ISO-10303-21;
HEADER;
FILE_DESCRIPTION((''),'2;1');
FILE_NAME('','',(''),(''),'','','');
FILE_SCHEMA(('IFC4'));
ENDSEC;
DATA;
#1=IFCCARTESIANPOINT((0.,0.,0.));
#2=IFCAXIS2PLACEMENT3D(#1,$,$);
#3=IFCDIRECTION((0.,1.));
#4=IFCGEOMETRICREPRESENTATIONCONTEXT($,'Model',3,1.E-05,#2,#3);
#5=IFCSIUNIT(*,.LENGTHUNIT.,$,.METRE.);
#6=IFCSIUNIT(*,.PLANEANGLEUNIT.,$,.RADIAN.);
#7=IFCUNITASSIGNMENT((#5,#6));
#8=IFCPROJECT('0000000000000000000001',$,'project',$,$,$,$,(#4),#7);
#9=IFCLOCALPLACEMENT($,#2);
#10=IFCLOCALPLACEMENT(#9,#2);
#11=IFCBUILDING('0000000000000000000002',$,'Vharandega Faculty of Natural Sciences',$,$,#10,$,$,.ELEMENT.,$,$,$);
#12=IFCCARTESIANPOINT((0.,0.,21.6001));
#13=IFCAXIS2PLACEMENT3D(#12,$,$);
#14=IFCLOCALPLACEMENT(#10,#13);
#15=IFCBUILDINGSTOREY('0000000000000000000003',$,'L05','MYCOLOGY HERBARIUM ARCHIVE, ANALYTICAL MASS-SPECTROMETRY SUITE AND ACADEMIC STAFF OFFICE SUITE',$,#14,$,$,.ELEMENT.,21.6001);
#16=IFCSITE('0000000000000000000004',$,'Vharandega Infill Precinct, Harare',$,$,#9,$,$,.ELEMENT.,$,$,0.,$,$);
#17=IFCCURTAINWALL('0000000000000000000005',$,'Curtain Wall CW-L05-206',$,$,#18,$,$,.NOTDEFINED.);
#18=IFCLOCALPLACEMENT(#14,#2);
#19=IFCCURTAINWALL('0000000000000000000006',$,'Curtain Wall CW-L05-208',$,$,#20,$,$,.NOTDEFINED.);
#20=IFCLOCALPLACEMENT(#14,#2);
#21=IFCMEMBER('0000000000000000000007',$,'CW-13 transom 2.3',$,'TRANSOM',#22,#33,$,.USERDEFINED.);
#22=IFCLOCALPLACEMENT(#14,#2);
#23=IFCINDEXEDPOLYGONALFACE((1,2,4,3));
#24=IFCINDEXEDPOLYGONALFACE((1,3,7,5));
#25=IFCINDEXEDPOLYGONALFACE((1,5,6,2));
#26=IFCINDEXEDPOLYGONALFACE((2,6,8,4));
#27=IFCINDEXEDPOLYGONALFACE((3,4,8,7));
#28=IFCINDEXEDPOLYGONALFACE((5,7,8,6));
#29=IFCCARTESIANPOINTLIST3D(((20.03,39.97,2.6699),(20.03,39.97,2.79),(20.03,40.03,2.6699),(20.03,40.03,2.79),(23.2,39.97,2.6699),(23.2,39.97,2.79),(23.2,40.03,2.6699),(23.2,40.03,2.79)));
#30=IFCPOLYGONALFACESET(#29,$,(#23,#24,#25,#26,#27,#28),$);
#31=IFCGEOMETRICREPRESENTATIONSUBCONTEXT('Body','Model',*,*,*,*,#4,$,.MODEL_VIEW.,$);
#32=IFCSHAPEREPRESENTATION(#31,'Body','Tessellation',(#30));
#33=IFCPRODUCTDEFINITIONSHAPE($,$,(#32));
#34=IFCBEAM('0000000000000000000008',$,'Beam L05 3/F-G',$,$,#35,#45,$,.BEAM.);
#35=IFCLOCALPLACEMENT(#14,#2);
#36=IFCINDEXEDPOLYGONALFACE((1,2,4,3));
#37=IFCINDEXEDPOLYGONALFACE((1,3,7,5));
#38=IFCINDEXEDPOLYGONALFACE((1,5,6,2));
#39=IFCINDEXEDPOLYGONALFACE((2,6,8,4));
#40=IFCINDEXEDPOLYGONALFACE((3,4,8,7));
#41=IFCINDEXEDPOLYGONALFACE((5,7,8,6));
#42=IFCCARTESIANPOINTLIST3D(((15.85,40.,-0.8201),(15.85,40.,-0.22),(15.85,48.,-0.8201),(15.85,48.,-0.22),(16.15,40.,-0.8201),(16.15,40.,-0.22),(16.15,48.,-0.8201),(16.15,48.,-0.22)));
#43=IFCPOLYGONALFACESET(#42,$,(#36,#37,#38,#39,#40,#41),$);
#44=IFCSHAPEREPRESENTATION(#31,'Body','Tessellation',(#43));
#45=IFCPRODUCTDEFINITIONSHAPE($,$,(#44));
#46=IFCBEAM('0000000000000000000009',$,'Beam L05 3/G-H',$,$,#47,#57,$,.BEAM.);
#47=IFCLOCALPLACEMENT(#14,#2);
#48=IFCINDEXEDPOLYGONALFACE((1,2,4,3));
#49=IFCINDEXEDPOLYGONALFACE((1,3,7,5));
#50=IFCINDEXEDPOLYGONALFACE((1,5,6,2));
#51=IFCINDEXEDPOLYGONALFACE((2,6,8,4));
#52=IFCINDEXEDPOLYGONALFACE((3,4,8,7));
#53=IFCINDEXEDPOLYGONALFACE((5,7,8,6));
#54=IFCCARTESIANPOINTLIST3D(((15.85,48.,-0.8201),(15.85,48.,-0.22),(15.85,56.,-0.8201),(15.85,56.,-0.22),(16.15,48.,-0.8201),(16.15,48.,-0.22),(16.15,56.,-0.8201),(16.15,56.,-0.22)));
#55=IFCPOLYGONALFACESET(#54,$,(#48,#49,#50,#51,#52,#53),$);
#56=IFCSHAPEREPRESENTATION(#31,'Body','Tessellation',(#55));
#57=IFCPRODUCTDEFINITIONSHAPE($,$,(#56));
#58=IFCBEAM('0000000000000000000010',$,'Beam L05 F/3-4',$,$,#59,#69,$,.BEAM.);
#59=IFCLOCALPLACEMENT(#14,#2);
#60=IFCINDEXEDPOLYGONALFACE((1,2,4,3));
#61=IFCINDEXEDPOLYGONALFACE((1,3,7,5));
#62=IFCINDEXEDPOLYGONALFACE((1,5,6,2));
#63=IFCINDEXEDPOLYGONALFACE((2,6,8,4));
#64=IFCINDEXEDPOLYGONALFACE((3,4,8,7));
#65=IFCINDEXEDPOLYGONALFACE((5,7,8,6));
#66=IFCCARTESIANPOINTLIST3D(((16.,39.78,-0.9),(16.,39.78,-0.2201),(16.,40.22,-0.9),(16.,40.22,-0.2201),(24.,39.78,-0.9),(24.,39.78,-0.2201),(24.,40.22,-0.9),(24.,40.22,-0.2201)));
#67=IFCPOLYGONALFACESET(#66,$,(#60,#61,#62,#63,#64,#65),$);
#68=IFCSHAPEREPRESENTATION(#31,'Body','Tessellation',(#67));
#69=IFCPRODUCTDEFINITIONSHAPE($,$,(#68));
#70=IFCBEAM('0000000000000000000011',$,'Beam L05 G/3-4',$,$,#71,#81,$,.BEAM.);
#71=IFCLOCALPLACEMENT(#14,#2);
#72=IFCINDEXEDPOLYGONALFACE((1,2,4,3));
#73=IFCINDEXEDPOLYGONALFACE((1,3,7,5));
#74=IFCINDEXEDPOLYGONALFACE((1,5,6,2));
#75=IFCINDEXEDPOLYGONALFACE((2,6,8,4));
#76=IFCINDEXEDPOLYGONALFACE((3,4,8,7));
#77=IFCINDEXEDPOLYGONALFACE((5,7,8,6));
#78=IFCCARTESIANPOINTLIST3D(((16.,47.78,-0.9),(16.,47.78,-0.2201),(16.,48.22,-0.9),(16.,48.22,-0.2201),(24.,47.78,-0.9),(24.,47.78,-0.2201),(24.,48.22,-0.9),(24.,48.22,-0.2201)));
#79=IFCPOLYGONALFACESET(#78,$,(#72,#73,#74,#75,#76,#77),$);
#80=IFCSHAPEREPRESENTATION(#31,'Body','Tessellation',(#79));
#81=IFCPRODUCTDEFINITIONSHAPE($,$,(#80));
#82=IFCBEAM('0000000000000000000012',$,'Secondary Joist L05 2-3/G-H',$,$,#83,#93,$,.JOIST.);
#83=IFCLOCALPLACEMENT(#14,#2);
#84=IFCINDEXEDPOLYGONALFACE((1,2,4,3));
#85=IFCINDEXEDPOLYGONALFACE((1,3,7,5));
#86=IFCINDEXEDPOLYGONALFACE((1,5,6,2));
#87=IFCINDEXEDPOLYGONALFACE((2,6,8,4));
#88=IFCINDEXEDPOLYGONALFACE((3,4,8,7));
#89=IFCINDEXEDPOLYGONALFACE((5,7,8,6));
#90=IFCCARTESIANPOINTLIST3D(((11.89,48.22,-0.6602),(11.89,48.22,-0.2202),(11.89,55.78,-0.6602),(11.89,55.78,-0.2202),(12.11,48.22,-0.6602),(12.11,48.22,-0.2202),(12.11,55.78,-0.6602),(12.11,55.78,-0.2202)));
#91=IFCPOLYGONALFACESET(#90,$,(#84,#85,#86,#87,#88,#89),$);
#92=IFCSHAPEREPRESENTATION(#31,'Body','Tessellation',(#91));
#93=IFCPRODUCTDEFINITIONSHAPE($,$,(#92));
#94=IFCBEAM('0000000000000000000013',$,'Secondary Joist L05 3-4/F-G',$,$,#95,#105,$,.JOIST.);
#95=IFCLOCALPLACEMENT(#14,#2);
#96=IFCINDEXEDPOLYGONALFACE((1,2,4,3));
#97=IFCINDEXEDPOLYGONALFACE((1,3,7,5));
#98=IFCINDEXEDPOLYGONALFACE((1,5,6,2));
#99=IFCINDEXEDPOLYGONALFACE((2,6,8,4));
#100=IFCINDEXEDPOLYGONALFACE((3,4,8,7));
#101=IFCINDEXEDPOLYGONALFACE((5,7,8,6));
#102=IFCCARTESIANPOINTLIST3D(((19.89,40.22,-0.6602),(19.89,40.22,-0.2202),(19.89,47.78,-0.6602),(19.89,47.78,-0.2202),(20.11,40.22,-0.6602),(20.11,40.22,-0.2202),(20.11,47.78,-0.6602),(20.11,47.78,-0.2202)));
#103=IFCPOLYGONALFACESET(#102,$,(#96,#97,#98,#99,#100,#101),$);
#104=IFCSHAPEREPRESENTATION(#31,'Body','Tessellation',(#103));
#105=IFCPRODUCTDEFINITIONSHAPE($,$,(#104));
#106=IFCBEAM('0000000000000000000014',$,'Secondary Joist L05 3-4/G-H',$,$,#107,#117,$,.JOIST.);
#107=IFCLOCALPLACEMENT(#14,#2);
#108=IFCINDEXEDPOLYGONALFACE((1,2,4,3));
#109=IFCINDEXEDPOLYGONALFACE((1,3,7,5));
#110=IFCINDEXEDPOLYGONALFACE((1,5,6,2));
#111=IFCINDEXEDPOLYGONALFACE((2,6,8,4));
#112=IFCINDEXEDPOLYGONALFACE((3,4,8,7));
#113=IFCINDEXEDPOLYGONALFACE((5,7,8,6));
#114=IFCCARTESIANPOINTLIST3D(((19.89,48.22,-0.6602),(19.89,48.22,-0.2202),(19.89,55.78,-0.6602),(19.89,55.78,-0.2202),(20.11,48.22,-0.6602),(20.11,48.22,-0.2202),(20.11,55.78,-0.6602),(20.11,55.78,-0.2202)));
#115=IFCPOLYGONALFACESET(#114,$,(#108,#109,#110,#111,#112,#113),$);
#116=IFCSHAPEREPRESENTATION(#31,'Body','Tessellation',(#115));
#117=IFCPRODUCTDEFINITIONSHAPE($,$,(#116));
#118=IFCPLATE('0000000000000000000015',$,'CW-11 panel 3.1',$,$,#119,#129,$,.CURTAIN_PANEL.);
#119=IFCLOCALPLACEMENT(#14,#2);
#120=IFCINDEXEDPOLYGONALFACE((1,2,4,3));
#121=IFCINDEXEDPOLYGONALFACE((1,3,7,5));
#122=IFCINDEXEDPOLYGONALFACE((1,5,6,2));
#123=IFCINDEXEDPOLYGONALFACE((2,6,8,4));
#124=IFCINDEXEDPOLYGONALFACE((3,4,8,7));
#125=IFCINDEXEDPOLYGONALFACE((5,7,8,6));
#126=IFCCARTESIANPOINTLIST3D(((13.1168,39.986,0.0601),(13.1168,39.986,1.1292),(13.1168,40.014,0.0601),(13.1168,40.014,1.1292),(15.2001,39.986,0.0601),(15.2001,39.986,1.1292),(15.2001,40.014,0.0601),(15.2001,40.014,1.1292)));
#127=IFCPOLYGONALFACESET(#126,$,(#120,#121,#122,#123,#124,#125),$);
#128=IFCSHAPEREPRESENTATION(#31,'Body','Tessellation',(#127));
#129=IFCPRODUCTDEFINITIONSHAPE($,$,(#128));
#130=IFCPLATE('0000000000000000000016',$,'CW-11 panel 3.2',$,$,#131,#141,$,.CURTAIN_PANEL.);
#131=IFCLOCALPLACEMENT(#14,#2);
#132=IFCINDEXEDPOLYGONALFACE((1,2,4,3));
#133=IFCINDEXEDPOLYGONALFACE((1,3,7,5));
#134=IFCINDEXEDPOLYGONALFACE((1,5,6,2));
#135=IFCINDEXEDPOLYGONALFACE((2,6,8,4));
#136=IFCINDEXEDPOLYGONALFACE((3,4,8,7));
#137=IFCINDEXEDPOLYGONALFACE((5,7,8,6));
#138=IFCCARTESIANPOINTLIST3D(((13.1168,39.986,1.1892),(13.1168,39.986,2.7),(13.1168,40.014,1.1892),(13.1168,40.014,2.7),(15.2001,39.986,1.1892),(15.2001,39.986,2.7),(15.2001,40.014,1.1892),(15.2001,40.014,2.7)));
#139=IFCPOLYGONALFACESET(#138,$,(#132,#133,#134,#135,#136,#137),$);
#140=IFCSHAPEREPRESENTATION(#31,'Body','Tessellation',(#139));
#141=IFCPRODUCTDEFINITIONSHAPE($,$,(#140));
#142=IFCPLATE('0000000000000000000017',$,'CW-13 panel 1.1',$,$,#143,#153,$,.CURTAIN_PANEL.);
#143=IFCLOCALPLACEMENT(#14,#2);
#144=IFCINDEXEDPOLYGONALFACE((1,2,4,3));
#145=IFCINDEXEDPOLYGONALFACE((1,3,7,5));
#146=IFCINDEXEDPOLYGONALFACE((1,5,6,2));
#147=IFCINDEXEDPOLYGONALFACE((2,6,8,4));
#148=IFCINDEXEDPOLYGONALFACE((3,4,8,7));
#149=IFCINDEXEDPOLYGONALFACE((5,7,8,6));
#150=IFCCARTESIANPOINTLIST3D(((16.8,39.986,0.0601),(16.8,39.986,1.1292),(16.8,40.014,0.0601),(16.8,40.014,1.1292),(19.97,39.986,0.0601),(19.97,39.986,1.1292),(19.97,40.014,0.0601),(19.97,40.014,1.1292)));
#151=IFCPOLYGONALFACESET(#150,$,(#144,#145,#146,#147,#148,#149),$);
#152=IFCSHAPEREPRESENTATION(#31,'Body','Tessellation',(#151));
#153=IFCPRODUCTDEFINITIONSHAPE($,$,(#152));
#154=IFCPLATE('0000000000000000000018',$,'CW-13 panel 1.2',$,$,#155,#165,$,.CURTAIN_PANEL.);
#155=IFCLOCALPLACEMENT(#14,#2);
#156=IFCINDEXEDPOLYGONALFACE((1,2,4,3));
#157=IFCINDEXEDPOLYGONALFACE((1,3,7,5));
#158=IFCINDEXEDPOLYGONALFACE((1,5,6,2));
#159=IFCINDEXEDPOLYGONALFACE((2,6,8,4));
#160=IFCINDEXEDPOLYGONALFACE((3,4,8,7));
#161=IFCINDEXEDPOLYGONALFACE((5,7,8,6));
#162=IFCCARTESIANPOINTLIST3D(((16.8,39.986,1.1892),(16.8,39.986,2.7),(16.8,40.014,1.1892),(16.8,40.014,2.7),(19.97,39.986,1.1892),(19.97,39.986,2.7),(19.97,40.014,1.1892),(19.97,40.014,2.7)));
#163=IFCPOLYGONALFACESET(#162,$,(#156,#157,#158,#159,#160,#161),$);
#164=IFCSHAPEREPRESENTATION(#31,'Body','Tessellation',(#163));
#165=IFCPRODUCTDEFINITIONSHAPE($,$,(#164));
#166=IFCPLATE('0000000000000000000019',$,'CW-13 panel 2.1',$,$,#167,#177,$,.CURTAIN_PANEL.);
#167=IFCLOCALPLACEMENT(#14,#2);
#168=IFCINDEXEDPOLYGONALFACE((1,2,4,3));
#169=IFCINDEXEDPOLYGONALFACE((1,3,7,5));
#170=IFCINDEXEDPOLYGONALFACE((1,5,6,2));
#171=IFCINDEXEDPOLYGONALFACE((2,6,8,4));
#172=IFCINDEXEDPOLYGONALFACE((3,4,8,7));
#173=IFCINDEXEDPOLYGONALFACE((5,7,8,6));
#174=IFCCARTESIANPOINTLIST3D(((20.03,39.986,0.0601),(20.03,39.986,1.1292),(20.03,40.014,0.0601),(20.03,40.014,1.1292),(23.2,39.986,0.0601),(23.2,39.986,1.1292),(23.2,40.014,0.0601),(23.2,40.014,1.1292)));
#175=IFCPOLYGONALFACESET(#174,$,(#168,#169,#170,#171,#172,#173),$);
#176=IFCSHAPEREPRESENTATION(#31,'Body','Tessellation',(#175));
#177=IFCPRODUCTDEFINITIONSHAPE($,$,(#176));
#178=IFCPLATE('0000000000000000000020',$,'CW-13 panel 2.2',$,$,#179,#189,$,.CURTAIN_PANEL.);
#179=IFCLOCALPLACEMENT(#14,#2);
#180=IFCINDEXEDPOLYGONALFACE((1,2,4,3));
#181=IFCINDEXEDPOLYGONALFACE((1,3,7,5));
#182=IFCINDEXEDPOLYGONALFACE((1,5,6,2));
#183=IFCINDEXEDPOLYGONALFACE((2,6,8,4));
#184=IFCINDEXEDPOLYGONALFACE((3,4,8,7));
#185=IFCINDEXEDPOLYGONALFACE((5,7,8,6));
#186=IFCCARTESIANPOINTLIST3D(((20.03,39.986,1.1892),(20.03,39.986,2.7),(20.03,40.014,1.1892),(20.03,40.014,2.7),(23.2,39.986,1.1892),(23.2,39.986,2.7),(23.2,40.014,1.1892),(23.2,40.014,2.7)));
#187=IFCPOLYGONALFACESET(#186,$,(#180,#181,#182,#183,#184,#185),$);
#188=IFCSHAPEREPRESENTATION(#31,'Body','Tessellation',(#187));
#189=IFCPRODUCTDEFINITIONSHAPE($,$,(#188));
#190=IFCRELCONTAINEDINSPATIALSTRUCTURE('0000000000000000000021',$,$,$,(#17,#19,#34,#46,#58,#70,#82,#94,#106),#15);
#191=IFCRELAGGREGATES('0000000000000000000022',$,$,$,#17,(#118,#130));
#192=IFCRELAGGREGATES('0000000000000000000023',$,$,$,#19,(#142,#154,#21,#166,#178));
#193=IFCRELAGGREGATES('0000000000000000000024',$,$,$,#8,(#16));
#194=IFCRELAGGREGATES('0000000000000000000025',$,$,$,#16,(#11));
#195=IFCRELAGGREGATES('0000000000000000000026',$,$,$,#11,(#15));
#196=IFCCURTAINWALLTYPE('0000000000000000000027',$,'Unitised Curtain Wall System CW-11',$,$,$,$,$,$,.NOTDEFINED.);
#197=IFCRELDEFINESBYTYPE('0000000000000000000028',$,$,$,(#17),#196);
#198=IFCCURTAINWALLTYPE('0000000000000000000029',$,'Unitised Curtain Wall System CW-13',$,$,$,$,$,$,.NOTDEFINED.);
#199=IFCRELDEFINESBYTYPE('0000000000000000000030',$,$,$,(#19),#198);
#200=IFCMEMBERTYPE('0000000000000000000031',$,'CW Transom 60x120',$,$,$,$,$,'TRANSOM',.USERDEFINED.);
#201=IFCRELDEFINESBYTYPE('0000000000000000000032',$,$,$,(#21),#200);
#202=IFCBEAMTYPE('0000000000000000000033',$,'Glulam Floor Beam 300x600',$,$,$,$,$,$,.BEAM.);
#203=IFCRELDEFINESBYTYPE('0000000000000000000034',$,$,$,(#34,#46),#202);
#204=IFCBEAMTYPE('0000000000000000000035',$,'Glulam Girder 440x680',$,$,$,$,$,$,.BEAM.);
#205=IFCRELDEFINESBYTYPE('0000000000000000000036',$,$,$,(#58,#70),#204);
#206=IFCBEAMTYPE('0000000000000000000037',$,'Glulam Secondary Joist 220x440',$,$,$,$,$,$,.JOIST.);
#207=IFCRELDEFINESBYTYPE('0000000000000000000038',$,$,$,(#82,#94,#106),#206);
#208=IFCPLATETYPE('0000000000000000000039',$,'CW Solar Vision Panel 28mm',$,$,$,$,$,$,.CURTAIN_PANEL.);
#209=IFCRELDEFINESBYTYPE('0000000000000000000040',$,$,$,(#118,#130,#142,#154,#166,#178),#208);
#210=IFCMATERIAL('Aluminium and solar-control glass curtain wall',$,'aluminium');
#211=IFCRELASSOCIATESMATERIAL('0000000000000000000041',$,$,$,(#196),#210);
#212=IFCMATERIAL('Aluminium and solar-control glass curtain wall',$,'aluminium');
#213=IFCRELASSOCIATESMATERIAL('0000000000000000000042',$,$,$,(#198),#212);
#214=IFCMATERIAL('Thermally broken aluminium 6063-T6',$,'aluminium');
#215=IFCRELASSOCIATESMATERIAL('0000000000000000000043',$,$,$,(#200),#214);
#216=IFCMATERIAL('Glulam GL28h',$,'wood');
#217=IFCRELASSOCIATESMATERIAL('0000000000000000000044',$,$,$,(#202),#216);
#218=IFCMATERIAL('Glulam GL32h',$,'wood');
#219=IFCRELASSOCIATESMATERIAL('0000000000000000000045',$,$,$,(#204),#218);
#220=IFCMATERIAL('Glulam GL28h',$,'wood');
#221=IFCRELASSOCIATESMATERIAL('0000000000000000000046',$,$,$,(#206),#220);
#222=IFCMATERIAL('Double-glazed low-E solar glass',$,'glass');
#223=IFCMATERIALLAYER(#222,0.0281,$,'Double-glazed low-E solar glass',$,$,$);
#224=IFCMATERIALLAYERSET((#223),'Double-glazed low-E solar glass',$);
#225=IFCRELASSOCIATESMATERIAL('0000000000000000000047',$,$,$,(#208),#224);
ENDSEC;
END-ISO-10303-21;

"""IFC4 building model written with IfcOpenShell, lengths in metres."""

from ifc_helpers import new_model, si_unit, direction, frame, origin, origin_2d, place, context, subcontext, project, spatial, rectangle, extrude, material, layer, layer_set, material_profile, profile_set, type_object, element, aggregate, save


model = new_model("IFC4")

# Units and contexts
model_context = context("Model", 3, precision=1e-05, world=origin(), true_north=direction((0.0, 1.0)))
body_context = subcontext(model_context, "Body", "Model", "MODEL_VIEW")
ifc_project = project(units=[si_unit("LENGTHUNIT", "METRE"), si_unit("PLANEANGLEUNIT", "RADIAN")], contexts=[model_context])

# Site, building, storey
site_placement = place(None, origin())
site = spatial("IfcSite", under=ifc_project, at=site_placement, Name="Vharandega Infill Precinct, Harare", CompositionType="ELEMENT", RefElevation=0.0)
building_placement = place(site_placement, origin())
building = spatial("IfcBuilding", under=site, at=building_placement, Name="Vharandega Faculty of Natural Sciences", CompositionType="ELEMENT")
storey_placement = place(building_placement, frame((0.0, 0.0, 21.6001)))
storey = spatial("IfcBuildingStorey", under=building, at=storey_placement, Name="L05", Description="MYCOLOGY HERBARIUM ARCHIVE, ANALYTICAL MASS-SPECTROMETRY SUITE AND ACADEMIC STAFF OFFICE SUITE", CompositionType="ELEMENT", Elevation=21.6001)

# Curtain walls
ifc_material_1 = material(Name="Aluminium and solar-control glass curtain wall", Category="aluminium")
curtain_wall_type_1 = type_object("IfcCurtainWallType", Name="Unitised Curtain Wall System CW-11", PredefinedType="NOTDEFINED", material=ifc_material_1)
curtain_wall_1_placement = place(storey_placement, origin())
curtain_wall_1 = element("IfcCurtainWall", 1, at=curtain_wall_1_placement, inside=storey, type_object=curtain_wall_type_1, Name="Curtain Wall CW-L05-206", PredefinedType="NOTDEFINED")
ifc_material_2 = material(Name="Aluminium and solar-control glass curtain wall", Category="aluminium")
curtain_wall_type_2 = type_object("IfcCurtainWallType", Name="Unitised Curtain Wall System CW-13", PredefinedType="NOTDEFINED", material=ifc_material_2)
curtain_wall_2_placement = place(storey_placement, origin())
curtain_wall_2 = element("IfcCurtainWall", 2, at=curtain_wall_2_placement, inside=storey, type_object=curtain_wall_type_2, Name="Curtain Wall CW-L05-208", PredefinedType="NOTDEFINED")

# Member
ifc_material_3 = material(Name="Thermally broken aluminium 6063-T6", Category="aluminium")
ifc_material_profile_1 = material_profile(ifc_material_3, rectangle(XDim=0.0601, YDim=0.1201, at=origin_2d()), Name="ALU 60x120")
ifc_profile_set_1 = profile_set([ifc_material_profile_1], Name="Thermally broken aluminium 6063-T6")
member_type_1 = type_object("IfcMemberType", Name="CW Transom 60x120", ElementType="TRANSOM", PredefinedType="USERDEFINED", material=ifc_profile_set_1)
member_1_placement = place(storey_placement, frame((20.03, 40.0, 2.73), z_axis=(1.0, 0.0, 0.0), x_axis=(0.0, 1.0, 0.0)))
member_1 = element("IfcMember", 3, at=member_1_placement, type_object=member_type_1, Name="CW-13 transom 2.3", ObjectType="TRANSOM", PredefinedType="USERDEFINED", context=body_context, shape_type="SweptSolid", body=[
    extrude(rectangle(XDim=0.0601, YDim=0.1201, at=origin_2d()), origin(), (0.0, 0.0, 1.0), 3.1699),
])

# Beams
ifc_material_4 = material(Name="Glulam GL28h", Category="wood")
ifc_material_profile_2 = material_profile(ifc_material_4, rectangle(XDim=0.3, YDim=0.6001, at=origin_2d()), Name="GL28h 300x600")
ifc_profile_set_2 = profile_set([ifc_material_profile_2], Name="Glulam GL28h")
beam_type_1 = type_object("IfcBeamType", Name="Glulam Floor Beam 300x600", PredefinedType="BEAM", material=ifc_profile_set_2)
for number, where, z_axis, x_axis, name in (
    (4, (16.0, 40.0, -0.52), (0.0, 1.0, 0.0), (-1.0, 0.0, 0.0), "Beam L05 3/F-G"),
    (5, (16.0, 48.0, -0.52), (0.0, 1.0, 0.0), (-1.0, 0.0, 0.0), "Beam L05 3/G-H"),
):
    element("IfcBeam", number, at=place(storey_placement, frame(where, z_axis=z_axis, x_axis=x_axis)), inside=storey, type_object=beam_type_1, Name=name, PredefinedType="BEAM", context=body_context, shape_type="SweptSolid", body=[
        extrude(rectangle(XDim=0.3, YDim=0.6001, at=origin_2d()), origin(), (0.0, 0.0, 1.0), 8.0),
    ])
ifc_material_5 = material(Name="Glulam GL32h", Category="wood")
ifc_material_profile_3 = material_profile(ifc_material_5, rectangle(XDim=0.4399, YDim=0.6799, at=origin_2d()), Name="GL32h 440x680")
ifc_profile_set_3 = profile_set([ifc_material_profile_3], Name="Glulam GL32h")
beam_type_2 = type_object("IfcBeamType", Name="Glulam Girder 440x680", PredefinedType="BEAM", material=ifc_profile_set_3)
for number, where, z_axis, x_axis, name in (
    (6, (16.0, 40.0, -0.5601), (1.0, 0.0, 0.0), (0.0, 1.0, 0.0), "Beam L05 F/3-4"),
    (7, (16.0, 48.0, -0.5601), (1.0, 0.0, 0.0), (0.0, 1.0, 0.0), "Beam L05 G/3-4"),
):
    element("IfcBeam", number, at=place(storey_placement, frame(where, z_axis=z_axis, x_axis=x_axis)), inside=storey, type_object=beam_type_2, Name=name, PredefinedType="BEAM", context=body_context, shape_type="SweptSolid", body=[
        extrude(rectangle(XDim=0.4399, YDim=0.6799, at=origin_2d()), origin(), (0.0, 0.0, 1.0), 8.0),
    ])
ifc_material_6 = material(Name="Glulam GL28h", Category="wood")
ifc_material_profile_4 = material_profile(ifc_material_6, rectangle(XDim=0.22, YDim=0.4399, at=origin_2d()), Name="GL28h 220x440")
ifc_profile_set_4 = profile_set([ifc_material_profile_4], Name="Glulam GL28h")
beam_type_3 = type_object("IfcBeamType", Name="Glulam Secondary Joist 220x440", PredefinedType="JOIST", material=ifc_profile_set_4)
for number, where, z_axis, x_axis, name in (
    (8, (12.0, 48.22, -0.4402), (0.0, 1.0, 0.0), (-1.0, 0.0, 0.0), "Secondary Joist L05 2-3/G-H"),
    (9, (20.0, 40.22, -0.4402), (0.0, 1.0, 0.0), (-1.0, 0.0, 0.0), "Secondary Joist L05 3-4/F-G"),
    (10, (20.0, 48.22, -0.4402), (0.0, 1.0, 0.0), (-1.0, 0.0, 0.0), "Secondary Joist L05 3-4/G-H"),
):
    element("IfcBeam", number, at=place(storey_placement, frame(where, z_axis=z_axis, x_axis=x_axis)), inside=storey, type_object=beam_type_3, Name=name, PredefinedType="JOIST", context=body_context, shape_type="SweptSolid", body=[
        extrude(rectangle(XDim=0.22, YDim=0.4399, at=origin_2d()), origin(), (0.0, 0.0, 1.0), 7.5601),
    ])

# Plates
ifc_material_7 = material(Name="Double-glazed low-E solar glass", Category="glass")
ifc_layer = layer(ifc_material_7, 0.0281, Name="Double-glazed low-E solar glass")
ifc_layer_set = layer_set([ifc_layer], Name="Double-glazed low-E solar glass")
plate_type = type_object("IfcPlateType", Name="CW Solar Vision Panel 28mm", PredefinedType="CURTAIN_PANEL", material=ifc_layer_set)
plate_1_placement = place(storey_placement, frame((14.1584, 40.0, 0.0601), z_axis=(0.0, 0.0, 1.0), x_axis=(1.0, 0.0, 0.0)))
plate_1 = element("IfcPlate", 11, at=plate_1_placement, type_object=plate_type, Name="CW-11 panel 3.1", PredefinedType="CURTAIN_PANEL", context=body_context, shape_type="SweptSolid", body=[
    extrude(rectangle(XDim=2.0833, YDim=0.0281, at=origin_2d()), origin(), (0.0, 0.0, 1.0), 1.0691),
])
plate_2_placement = place(storey_placement, frame((14.1584, 40.0, 1.1892), z_axis=(0.0, 0.0, 1.0), x_axis=(1.0, 0.0, 0.0)))
plate_2 = element("IfcPlate", 12, at=plate_2_placement, type_object=plate_type, Name="CW-11 panel 3.2", PredefinedType="CURTAIN_PANEL", context=body_context, shape_type="SweptSolid", body=[
    extrude(rectangle(XDim=2.0833, YDim=0.0281, at=origin_2d()), origin(), (0.0, 0.0, 1.0), 1.5107),
])
aggregate(curtain_wall_1, [plate_1, plate_2])
plate_3_placement = place(storey_placement, frame((18.385, 40.0, 0.0601), z_axis=(0.0, 0.0, 1.0), x_axis=(1.0, 0.0, 0.0)))
plate_3 = element("IfcPlate", 13, at=plate_3_placement, type_object=plate_type, Name="CW-13 panel 1.1", PredefinedType="CURTAIN_PANEL", context=body_context, shape_type="SweptSolid", body=[
    extrude(rectangle(XDim=3.1699, YDim=0.0281, at=origin_2d()), origin(), (0.0, 0.0, 1.0), 1.0691),
])
plate_4_placement = place(storey_placement, frame((18.385, 40.0, 1.1892), z_axis=(0.0, 0.0, 1.0), x_axis=(1.0, 0.0, 0.0)))
plate_4 = element("IfcPlate", 14, at=plate_4_placement, type_object=plate_type, Name="CW-13 panel 1.2", PredefinedType="CURTAIN_PANEL", context=body_context, shape_type="SweptSolid", body=[
    extrude(rectangle(XDim=3.1699, YDim=0.0281, at=origin_2d()), origin(), (0.0, 0.0, 1.0), 1.5107),
])
plate_5_placement = place(storey_placement, frame((21.615, 40.0, 0.0601), z_axis=(0.0, 0.0, 1.0), x_axis=(1.0, 0.0, 0.0)))
plate_5 = element("IfcPlate", 15, at=plate_5_placement, type_object=plate_type, Name="CW-13 panel 2.1", PredefinedType="CURTAIN_PANEL", context=body_context, shape_type="SweptSolid", body=[
    extrude(rectangle(XDim=3.1699, YDim=0.0281, at=origin_2d()), origin(), (0.0, 0.0, 1.0), 1.0691),
])
plate_6_placement = place(storey_placement, frame((21.615, 40.0, 1.1892), z_axis=(0.0, 0.0, 1.0), x_axis=(1.0, 0.0, 0.0)))
plate_6 = element("IfcPlate", 16, at=plate_6_placement, type_object=plate_type, Name="CW-13 panel 2.2", PredefinedType="CURTAIN_PANEL", context=body_context, shape_type="SweptSolid", body=[
    extrude(rectangle(XDim=3.1699, YDim=0.0281, at=origin_2d()), origin(), (0.0, 0.0, 1.0), 1.5107),
])
aggregate(curtain_wall_2, [plate_3, plate_4, member_1, plate_5, plate_6])

save(model, "model.ifc")
